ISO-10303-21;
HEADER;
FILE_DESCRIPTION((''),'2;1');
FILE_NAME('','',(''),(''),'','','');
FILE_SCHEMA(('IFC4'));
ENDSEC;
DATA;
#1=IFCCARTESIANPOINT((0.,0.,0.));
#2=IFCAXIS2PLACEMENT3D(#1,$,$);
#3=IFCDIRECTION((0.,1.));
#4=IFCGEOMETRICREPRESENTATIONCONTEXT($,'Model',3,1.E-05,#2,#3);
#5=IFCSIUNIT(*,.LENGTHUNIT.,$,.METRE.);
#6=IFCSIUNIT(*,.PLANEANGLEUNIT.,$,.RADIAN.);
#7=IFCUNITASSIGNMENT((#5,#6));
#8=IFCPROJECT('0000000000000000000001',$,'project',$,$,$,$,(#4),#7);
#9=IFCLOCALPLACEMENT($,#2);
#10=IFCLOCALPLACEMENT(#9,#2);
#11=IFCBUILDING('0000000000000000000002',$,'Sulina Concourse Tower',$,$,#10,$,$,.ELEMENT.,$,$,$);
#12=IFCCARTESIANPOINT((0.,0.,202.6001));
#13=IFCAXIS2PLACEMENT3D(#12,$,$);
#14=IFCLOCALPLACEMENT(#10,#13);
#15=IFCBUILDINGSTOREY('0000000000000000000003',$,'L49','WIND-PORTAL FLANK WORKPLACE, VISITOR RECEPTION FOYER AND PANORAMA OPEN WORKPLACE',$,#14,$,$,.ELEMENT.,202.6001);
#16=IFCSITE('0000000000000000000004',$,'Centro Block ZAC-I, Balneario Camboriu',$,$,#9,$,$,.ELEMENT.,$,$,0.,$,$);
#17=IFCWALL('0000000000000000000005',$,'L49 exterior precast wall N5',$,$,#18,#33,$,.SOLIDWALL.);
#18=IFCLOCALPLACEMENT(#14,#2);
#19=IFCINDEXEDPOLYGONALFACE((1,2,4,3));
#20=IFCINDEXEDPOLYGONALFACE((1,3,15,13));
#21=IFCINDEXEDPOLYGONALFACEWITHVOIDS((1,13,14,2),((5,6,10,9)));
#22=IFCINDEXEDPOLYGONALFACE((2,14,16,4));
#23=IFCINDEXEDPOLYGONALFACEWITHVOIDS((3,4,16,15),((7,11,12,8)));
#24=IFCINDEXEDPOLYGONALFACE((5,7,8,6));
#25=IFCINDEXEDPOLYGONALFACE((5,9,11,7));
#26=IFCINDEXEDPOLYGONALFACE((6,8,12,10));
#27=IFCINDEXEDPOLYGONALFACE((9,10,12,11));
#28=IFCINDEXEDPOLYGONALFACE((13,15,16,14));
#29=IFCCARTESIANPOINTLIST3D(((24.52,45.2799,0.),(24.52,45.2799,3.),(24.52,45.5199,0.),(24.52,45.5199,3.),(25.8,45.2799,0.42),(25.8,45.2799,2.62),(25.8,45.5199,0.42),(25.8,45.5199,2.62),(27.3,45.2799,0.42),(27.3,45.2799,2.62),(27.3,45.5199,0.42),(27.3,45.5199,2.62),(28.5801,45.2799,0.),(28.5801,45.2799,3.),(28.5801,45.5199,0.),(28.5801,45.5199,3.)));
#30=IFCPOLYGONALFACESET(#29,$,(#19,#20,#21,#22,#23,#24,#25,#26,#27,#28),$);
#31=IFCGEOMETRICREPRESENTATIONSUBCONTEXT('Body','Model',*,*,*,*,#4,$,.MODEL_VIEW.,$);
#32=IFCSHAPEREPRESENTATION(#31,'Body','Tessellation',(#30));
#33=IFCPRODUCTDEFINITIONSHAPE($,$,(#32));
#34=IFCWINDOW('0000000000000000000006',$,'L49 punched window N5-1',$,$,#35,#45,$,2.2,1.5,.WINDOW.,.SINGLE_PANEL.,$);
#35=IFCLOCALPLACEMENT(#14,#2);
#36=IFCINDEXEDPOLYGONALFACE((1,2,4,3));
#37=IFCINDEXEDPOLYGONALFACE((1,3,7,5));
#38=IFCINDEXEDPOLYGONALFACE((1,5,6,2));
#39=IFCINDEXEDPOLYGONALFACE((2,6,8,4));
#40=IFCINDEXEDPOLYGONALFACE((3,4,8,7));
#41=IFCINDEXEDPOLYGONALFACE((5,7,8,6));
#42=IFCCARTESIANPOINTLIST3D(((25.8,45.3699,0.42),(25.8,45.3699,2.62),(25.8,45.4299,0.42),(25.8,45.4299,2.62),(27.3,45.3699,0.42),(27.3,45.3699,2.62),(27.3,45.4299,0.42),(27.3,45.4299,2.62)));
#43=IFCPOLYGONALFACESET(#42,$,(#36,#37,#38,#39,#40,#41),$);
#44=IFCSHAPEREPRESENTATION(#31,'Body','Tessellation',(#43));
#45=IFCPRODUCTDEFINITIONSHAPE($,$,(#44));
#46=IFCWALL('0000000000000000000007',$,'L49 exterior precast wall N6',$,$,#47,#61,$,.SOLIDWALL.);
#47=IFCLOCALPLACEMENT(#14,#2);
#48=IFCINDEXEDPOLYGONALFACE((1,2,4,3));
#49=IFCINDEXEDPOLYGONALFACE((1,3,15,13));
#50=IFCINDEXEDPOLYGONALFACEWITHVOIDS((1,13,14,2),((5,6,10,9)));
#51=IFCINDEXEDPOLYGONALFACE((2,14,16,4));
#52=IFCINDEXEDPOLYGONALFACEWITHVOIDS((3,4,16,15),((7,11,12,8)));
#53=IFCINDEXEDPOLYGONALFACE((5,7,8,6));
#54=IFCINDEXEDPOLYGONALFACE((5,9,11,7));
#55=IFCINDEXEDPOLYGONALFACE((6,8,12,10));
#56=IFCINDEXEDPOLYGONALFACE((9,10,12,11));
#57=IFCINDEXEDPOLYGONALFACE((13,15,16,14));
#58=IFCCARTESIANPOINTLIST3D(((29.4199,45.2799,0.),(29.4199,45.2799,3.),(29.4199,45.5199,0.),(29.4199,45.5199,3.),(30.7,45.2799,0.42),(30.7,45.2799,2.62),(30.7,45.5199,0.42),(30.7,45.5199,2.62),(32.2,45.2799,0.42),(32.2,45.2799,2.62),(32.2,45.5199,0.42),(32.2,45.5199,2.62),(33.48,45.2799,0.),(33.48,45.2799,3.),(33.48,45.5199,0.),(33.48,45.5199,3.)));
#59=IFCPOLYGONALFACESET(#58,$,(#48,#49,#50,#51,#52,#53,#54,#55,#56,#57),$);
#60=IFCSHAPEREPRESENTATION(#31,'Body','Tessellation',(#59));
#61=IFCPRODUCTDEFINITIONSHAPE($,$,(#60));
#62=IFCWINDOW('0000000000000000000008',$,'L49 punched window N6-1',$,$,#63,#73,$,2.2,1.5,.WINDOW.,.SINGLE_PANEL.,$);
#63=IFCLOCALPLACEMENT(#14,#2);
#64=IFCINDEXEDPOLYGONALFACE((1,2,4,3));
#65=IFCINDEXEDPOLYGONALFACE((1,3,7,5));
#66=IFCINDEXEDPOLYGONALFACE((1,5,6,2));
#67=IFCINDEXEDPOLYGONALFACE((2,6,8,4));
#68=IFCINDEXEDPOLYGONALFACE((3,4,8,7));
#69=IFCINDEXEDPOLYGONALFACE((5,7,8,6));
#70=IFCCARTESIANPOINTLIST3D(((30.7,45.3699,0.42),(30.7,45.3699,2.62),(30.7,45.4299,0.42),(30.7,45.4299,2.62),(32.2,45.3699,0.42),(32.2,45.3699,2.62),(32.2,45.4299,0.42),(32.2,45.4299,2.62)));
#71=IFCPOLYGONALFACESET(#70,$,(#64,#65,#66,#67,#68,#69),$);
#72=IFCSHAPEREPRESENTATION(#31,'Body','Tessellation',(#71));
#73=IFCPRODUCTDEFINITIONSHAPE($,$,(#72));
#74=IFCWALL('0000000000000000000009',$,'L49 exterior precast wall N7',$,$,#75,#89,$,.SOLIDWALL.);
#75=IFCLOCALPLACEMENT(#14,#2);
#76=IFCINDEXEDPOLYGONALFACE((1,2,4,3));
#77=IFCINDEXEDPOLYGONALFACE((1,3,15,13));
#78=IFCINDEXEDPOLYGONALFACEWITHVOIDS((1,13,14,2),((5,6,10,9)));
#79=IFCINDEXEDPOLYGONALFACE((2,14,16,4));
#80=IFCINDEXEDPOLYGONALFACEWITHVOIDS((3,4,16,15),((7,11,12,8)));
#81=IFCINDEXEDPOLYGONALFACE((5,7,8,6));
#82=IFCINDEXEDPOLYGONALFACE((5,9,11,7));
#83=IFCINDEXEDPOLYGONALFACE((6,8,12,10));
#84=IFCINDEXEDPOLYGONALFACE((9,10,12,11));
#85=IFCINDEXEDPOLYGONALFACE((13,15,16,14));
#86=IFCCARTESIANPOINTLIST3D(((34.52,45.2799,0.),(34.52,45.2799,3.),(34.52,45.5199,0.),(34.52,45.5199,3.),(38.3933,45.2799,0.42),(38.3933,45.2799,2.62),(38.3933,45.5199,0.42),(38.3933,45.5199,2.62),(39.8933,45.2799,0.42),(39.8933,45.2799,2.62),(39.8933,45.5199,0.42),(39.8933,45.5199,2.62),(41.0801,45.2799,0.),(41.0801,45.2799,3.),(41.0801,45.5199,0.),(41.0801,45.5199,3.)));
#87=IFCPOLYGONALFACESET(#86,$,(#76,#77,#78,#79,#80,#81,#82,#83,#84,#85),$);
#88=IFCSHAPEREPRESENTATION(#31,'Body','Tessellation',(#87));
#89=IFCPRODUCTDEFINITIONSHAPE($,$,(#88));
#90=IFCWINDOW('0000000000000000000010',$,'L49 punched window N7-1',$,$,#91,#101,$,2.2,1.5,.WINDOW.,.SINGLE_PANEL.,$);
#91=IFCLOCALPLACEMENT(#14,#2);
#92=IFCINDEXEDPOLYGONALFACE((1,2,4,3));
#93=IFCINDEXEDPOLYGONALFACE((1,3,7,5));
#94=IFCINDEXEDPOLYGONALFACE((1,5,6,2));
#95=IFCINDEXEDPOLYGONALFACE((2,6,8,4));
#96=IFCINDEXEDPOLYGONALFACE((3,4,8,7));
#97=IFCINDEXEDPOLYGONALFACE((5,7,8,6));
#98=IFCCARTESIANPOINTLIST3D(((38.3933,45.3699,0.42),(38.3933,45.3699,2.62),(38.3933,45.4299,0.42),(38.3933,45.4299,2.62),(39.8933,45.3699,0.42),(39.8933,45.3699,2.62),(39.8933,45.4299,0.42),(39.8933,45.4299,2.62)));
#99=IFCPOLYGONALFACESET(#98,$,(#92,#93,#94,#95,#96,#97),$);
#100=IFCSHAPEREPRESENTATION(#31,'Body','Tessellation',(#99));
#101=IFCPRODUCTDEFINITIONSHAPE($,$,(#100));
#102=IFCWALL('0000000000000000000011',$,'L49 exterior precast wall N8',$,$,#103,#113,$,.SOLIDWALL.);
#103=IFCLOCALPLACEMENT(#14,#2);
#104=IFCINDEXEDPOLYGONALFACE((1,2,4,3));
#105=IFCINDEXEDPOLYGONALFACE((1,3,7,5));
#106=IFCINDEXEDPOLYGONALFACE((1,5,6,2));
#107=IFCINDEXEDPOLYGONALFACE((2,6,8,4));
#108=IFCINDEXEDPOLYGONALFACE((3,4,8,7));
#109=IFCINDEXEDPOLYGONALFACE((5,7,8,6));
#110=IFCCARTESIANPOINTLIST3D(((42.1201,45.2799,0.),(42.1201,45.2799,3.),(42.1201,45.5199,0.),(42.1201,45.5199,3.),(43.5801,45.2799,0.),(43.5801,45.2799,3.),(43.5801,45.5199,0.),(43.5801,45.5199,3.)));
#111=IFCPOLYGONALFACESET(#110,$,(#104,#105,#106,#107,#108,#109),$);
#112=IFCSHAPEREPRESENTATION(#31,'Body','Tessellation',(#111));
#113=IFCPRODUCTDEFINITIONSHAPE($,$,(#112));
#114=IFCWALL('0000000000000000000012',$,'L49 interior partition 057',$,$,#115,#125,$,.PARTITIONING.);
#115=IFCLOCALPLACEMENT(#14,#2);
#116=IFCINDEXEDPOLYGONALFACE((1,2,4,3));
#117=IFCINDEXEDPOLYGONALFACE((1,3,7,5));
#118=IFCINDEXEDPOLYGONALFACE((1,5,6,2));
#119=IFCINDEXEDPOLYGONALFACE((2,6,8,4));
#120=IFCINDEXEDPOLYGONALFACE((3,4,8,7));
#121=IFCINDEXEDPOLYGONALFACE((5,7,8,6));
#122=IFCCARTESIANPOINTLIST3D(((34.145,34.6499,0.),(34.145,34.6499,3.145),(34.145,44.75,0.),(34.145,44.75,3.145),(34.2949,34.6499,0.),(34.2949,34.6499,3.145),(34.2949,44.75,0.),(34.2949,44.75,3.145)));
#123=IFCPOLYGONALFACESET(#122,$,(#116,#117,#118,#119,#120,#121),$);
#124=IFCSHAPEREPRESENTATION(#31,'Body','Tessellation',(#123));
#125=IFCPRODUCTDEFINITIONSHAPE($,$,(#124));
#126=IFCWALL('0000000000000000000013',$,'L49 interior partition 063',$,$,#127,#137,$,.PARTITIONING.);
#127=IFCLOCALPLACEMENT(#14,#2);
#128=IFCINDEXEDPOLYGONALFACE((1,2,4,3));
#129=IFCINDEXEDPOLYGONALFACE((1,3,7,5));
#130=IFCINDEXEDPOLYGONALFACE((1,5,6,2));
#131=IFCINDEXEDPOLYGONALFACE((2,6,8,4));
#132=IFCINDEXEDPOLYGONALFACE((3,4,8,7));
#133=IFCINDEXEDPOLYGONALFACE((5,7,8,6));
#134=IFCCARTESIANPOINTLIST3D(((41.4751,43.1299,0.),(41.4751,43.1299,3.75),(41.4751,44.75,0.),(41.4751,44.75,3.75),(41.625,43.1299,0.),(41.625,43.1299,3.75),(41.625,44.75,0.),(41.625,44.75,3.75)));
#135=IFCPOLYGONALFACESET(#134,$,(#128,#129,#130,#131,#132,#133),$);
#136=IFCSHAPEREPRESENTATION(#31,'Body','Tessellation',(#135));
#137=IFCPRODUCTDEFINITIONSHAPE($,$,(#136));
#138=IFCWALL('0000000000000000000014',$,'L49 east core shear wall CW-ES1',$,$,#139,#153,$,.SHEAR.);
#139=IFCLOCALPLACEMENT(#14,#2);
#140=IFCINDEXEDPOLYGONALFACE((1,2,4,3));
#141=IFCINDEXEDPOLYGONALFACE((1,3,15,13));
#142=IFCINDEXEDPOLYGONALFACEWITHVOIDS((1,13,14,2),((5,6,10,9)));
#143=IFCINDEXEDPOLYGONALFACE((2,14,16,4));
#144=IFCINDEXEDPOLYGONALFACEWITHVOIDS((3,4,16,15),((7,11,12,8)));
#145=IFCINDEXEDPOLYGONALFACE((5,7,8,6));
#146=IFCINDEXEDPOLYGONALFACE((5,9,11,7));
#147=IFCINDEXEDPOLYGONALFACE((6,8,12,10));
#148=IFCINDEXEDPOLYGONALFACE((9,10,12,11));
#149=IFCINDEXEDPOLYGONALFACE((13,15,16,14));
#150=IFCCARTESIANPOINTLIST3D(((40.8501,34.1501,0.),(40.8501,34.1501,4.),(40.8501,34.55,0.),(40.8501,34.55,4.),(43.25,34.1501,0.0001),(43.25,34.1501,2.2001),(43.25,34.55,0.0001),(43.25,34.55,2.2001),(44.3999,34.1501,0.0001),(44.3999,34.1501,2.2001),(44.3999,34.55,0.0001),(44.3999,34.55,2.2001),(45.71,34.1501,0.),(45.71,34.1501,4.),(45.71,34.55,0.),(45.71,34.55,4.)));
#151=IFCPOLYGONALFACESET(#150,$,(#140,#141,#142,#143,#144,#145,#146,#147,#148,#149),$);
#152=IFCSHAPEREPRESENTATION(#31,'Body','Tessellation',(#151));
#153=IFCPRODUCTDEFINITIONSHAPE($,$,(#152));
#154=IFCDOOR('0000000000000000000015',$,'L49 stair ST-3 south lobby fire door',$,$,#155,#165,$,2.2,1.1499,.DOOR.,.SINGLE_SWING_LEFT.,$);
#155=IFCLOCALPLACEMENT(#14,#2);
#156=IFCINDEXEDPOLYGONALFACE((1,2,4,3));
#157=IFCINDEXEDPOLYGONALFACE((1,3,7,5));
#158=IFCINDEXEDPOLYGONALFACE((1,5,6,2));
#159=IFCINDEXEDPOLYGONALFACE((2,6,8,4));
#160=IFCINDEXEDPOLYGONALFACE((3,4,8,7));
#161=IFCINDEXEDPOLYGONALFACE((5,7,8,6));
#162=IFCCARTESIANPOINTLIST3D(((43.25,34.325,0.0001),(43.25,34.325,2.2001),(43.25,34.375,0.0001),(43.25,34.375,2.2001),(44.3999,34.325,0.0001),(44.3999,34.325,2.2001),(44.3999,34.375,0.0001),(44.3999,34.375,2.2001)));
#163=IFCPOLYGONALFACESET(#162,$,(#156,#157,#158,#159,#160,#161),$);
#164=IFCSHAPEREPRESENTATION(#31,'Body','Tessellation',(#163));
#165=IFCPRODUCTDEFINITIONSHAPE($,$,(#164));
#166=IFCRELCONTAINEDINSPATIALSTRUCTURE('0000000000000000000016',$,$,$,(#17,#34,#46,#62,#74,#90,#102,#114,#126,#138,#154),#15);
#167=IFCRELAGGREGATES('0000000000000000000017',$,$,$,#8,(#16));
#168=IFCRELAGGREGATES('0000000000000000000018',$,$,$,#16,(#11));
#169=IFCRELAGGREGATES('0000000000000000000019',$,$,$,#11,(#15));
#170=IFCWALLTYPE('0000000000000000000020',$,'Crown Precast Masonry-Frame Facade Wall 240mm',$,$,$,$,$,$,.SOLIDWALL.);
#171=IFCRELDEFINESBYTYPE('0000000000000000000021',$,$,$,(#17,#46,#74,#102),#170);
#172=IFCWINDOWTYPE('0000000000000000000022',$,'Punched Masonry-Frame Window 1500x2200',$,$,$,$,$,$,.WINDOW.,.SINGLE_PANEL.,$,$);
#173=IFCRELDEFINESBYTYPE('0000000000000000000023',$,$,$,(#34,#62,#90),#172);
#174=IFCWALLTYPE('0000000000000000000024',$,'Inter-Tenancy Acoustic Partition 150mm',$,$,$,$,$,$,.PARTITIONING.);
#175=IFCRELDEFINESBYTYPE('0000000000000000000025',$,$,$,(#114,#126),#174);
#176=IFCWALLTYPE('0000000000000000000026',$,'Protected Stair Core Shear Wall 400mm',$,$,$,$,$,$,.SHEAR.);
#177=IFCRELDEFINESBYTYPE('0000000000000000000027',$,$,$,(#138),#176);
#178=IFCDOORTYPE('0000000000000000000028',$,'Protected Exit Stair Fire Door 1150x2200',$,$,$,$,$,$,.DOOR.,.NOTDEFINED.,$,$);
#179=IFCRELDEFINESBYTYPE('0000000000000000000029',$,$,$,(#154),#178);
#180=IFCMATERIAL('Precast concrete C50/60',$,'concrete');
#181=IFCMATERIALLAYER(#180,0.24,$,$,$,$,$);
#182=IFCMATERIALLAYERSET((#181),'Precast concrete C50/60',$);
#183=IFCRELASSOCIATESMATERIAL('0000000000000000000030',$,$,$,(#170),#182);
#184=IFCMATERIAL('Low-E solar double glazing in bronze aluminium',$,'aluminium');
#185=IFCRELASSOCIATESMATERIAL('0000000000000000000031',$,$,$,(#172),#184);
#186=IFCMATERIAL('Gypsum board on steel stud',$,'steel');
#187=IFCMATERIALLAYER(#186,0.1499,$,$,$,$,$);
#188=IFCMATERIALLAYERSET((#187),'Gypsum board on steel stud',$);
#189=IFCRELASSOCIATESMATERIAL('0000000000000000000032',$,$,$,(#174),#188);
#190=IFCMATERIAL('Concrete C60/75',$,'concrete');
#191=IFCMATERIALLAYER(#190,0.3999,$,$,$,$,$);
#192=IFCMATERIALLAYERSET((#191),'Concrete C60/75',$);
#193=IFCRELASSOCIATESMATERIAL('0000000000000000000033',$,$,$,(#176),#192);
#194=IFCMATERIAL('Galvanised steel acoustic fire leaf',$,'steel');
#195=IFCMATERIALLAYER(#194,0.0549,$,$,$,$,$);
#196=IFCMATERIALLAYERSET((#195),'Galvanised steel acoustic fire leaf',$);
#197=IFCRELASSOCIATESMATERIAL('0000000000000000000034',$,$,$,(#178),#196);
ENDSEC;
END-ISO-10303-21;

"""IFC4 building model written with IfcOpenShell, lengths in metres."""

from ifc_helpers import new_model, si_unit, direction, frame, frame_2d, origin, place, context, subcontext, project, spatial, rectangle, extrude, material, layer, layer_set, type_object, element, fill, save


model = new_model("IFC4")

# Units and contexts
model_context = context("Model", 3, precision=1e-05, world=origin(), true_north=direction((0.0, 1.0)))
body_context = subcontext(model_context, "Body", "Model", "MODEL_VIEW")
ifc_project = project(units=[si_unit("LENGTHUNIT", "METRE"), si_unit("PLANEANGLEUNIT", "RADIAN")], contexts=[model_context])

# Site, building, storey
site_placement = place(None, origin())
site = spatial("IfcSite", under=ifc_project, at=site_placement, Name="Centro Block ZAC-I, Balneario Camboriu", CompositionType="ELEMENT", RefElevation=0.0)
building_placement = place(site_placement, origin())
building = spatial("IfcBuilding", under=site, at=building_placement, Name="Sulina Concourse Tower", CompositionType="ELEMENT")
storey_placement = place(building_placement, frame((0.0, 0.0, 202.6001)))
storey = spatial("IfcBuildingStorey", under=building, at=storey_placement, Name="L49", Description="WIND-PORTAL FLANK WORKPLACE, VISITOR RECEPTION FOYER AND PANORAMA OPEN WORKPLACE", CompositionType="ELEMENT", Elevation=202.6001)

# Walls, openings, windows
ifc_material_1 = material(Name="Precast concrete C50/60", Category="concrete")
ifc_layer_1 = layer(ifc_material_1, 0.24)
ifc_layer_set_1 = layer_set([ifc_layer_1], Name="Precast concrete C50/60")
wall_type_1 = type_object("IfcWallType", Name="Crown Precast Masonry-Frame Facade Wall 240mm", PredefinedType="SOLIDWALL", material=ifc_layer_set_1)
wall_1_placement = place(storey_placement, frame((24.52, 45.3999, 0.0), z_axis=(0.0, 0.0, 1.0), x_axis=(1.0, 0.0, 0.0)))
wall_1 = element("IfcWall", 1, at=wall_1_placement, inside=storey, type_object=wall_type_1, Name="L49 exterior precast wall N5", PredefinedType="SOLIDWALL", context=body_context, shape_type="SweptSolid", body=[
    extrude(rectangle(XDim=4.0601, YDim=0.24, at=frame_2d((2.03, 0.0))), origin(), (0.0, 0.0, 1.0), 3.0),
])
opening_1_placement = place(wall_1_placement, frame((1.28, 0.0, 0.4199)))
opening_1 = element("IfcOpeningElement", 2, at=opening_1_placement, cuts=wall_1, PredefinedType="OPENING", context=body_context, shape_type="SweptSolid", body=[
    extrude(rectangle(XDim=1.5, YDim=2.2, at=frame_2d((0.75, 1.1001))), frame((0.0, 0.1299, 0.0), z_axis=(0.0, -1.0, 0.0), x_axis=(1.0, 0.0, 0.0)), (0.0, 0.0, 1.0), 0.26),
])
ifc_material_2 = material(Name="Low-E solar double glazing in bronze aluminium", Category="aluminium")
window_type = type_object("IfcWindowType", Name="Punched Masonry-Frame Window 1500x2200", PartitioningType="SINGLE_PANEL", PredefinedType="WINDOW", material=ifc_material_2)
window_1_placement = place(opening_1_placement, origin())
window_1 = element("IfcWindow", 3, at=window_1_placement, inside=storey, type_object=window_type, Name="L49 punched window N5-1", OverallHeight=2.2, OverallWidth=1.5, PartitioningType="SINGLE_PANEL", PredefinedType="WINDOW", context=body_context, shape_type="SweptSolid", body=[
    extrude(rectangle(XDim=1.5, YDim=2.2, at=frame_2d((0.75, 1.1001))), frame((0.0, 0.03, 0.0), z_axis=(0.0, -1.0, 0.0), x_axis=(1.0, 0.0, 0.0)), (0.0, 0.0, 1.0), 0.0601),
])
fill(opening_1, window_1)
wall_2_placement = place(storey_placement, frame((29.4199, 45.3999, 0.0), z_axis=(0.0, 0.0, 1.0), x_axis=(1.0, 0.0, 0.0)))
wall_2 = element("IfcWall", 4, at=wall_2_placement, inside=storey, type_object=wall_type_1, Name="L49 exterior precast wall N6", PredefinedType="SOLIDWALL", context=body_context, shape_type="SweptSolid", body=[
    extrude(rectangle(XDim=4.0601, YDim=0.24, at=frame_2d((2.03, 0.0))), origin(), (0.0, 0.0, 1.0), 3.0),
])
opening_2_placement = place(wall_2_placement, frame((1.28, 0.0, 0.4199)))
opening_2 = element("IfcOpeningElement", 5, at=opening_2_placement, cuts=wall_2, PredefinedType="OPENING", context=body_context, shape_type="SweptSolid", body=[
    extrude(rectangle(XDim=1.5, YDim=2.2, at=frame_2d((0.75, 1.1001))), frame((0.0, 0.1299, 0.0), z_axis=(0.0, -1.0, 0.0), x_axis=(1.0, 0.0, 0.0)), (0.0, 0.0, 1.0), 0.26),
])
window_2_placement = place(opening_2_placement, origin())
window_2 = element("IfcWindow", 6, at=window_2_placement, inside=storey, type_object=window_type, Name="L49 punched window N6-1", OverallHeight=2.2, OverallWidth=1.5, PartitioningType="SINGLE_PANEL", PredefinedType="WINDOW", context=body_context, shape_type="SweptSolid", body=[
    extrude(rectangle(XDim=1.5, YDim=2.2, at=frame_2d((0.75, 1.1001))), frame((0.0, 0.03, 0.0), z_axis=(0.0, -1.0, 0.0), x_axis=(1.0, 0.0, 0.0)), (0.0, 0.0, 1.0), 0.0601),
])
fill(opening_2, window_2)
wall_3_placement = place(storey_placement, frame((34.52, 45.3999, 0.0), z_axis=(0.0, 0.0, 1.0), x_axis=(1.0, 0.0, 0.0)))
wall_3 = element("IfcWall", 7, at=wall_3_placement, inside=storey, type_object=wall_type_1, Name="L49 exterior precast wall N7", PredefinedType="SOLIDWALL", context=body_context, shape_type="SweptSolid", body=[
    extrude(rectangle(XDim=6.5601, YDim=0.24, at=frame_2d((3.28, 0.0))), origin(), (0.0, 0.0, 1.0), 3.0),
])
opening_3_placement = place(wall_3_placement, frame((3.8733, 0.0, 0.4199)))
opening_3 = element("IfcOpeningElement", 8, at=opening_3_placement, cuts=wall_3, PredefinedType="OPENING", context=body_context, shape_type="SweptSolid", body=[
    extrude(rectangle(XDim=1.5, YDim=2.2, at=frame_2d((0.75, 1.1001))), frame((0.0, 0.1299, 0.0), z_axis=(0.0, -1.0, 0.0), x_axis=(1.0, 0.0, 0.0)), (0.0, 0.0, 1.0), 0.26),
])
window_3_placement = place(opening_3_placement, origin())
window_3 = element("IfcWindow", 9, at=window_3_placement, inside=storey, type_object=window_type, Name="L49 punched window N7-1", OverallHeight=2.2, OverallWidth=1.5, PartitioningType="SINGLE_PANEL", PredefinedType="WINDOW", context=body_context, shape_type="SweptSolid", body=[
    extrude(rectangle(XDim=1.5, YDim=2.2, at=frame_2d((0.75, 1.1001))), frame((0.0, 0.03, 0.0), z_axis=(0.0, -1.0, 0.0), x_axis=(1.0, 0.0, 0.0)), (0.0, 0.0, 1.0), 0.0601),
])
fill(opening_3, window_3)

# Walls
wall_4_placement = place(storey_placement, frame((42.1201, 45.3999, 0.0), z_axis=(0.0, 0.0, 1.0), x_axis=(1.0, 0.0, 0.0)))
element("IfcWall", 10, at=wall_4_placement, inside=storey, type_object=wall_type_1, Name="L49 exterior precast wall N8", PredefinedType="SOLIDWALL", context=body_context, shape_type="SweptSolid", body=[
    extrude(rectangle(XDim=1.46, YDim=0.24, at=frame_2d((0.73, 0.0))), origin(), (0.0, 0.0, 1.0), 3.0),
])
ifc_material_3 = material(Name="Gypsum board on steel stud", Category="steel")
ifc_layer_2 = layer(ifc_material_3, 0.1499)
ifc_layer_set_2 = layer_set([ifc_layer_2], Name="Gypsum board on steel stud")
wall_type_2 = type_object("IfcWallType", Name="Inter-Tenancy Acoustic Partition 150mm", PredefinedType="PARTITIONING", material=ifc_layer_set_2)
wall_5_placement = place(storey_placement, frame((34.22, 34.6499, 0.0), z_axis=(0.0, 0.0, 1.0), x_axis=(0.0, 1.0, 0.0)))
element("IfcWall", 11, at=wall_5_placement, inside=storey, type_object=wall_type_2, Name="L49 interior partition 057", PredefinedType="PARTITIONING", context=body_context, shape_type="SweptSolid", body=[
    extrude(rectangle(XDim=10.1001, YDim=0.1499, at=frame_2d((5.05, 0.0))), origin(), (0.0, 0.0, 1.0), 3.145),
])
wall_6_placement = place(storey_placement, frame((41.55, 43.1299, 0.0), z_axis=(0.0, 0.0, 1.0), x_axis=(0.0, 1.0, 0.0)))
element("IfcWall", 12, at=wall_6_placement, inside=storey, type_object=wall_type_2, Name="L49 interior partition 063", PredefinedType="PARTITIONING", context=body_context, shape_type="SweptSolid", body=[
    extrude(rectangle(XDim=1.6201, YDim=0.1499, at=frame_2d((0.8101, 0.0))), origin(), (0.0, 0.0, 1.0), 3.75),
])

# Wall, opening, door
ifc_material_4 = material(Name="Concrete C60/75", Category="concrete")
ifc_layer_3 = layer(ifc_material_4, 0.3999)
ifc_layer_set_3 = layer_set([ifc_layer_3], Name="Concrete C60/75")
wall_type_3 = type_object("IfcWallType", Name="Protected Stair Core Shear Wall 400mm", PredefinedType="SHEAR", material=ifc_layer_set_3)
wall_7_placement = place(storey_placement, frame((40.8501, 34.3501, 0.0), z_axis=(0.0, 0.0, 1.0), x_axis=(1.0, 0.0, 0.0)))
wall_7 = element("IfcWall", 13, at=wall_7_placement, inside=storey, type_object=wall_type_3, Name="L49 east core shear wall CW-ES1", PredefinedType="SHEAR", context=body_context, shape_type="SweptSolid", body=[
    extrude(rectangle(XDim=4.8599, YDim=0.3999, at=frame_2d((2.4299, 0.0))), origin(), (0.0, 0.0, 1.0), 4.0),
])
opening_4_placement = place(wall_7_placement, frame((2.3999, 0.0, 0.0)))
opening_4 = element("IfcOpeningElement", 14, at=opening_4_placement, cuts=wall_7, PredefinedType="OPENING", context=body_context, shape_type="SweptSolid", body=[
    extrude(rectangle(XDim=1.1499, YDim=2.2, at=frame_2d((0.575, 1.1001))), frame((0.0, 0.21, 0.0), z_axis=(0.0, -1.0, 0.0), x_axis=(1.0, 0.0, 0.0)), (0.0, 0.0, 1.0), 0.4199),
])
ifc_material_5 = material(Name="Galvanised steel acoustic fire leaf", Category="steel")
ifc_layer_4 = layer(ifc_material_5, 0.0549)
ifc_layer_set_4 = layer_set([ifc_layer_4], Name="Galvanised steel acoustic fire leaf")
door_type = type_object("IfcDoorType", Name="Protected Exit Stair Fire Door 1150x2200", OperationType="NOTDEFINED", PredefinedType="DOOR", material=ifc_layer_set_4)
door_placement = place(opening_4_placement, origin())
door = element("IfcDoor", 15, at=door_placement, inside=storey, type_object=door_type, Name="L49 stair ST-3 south lobby fire door", OperationType="SINGLE_SWING_LEFT", OverallHeight=2.2, OverallWidth=1.1499, PredefinedType="DOOR", context=body_context, shape_type="SweptSolid", body=[
    extrude(rectangle(XDim=1.1499, YDim=2.2, at=frame_2d((0.575, 1.1001))), frame((0.0, 0.0249, 0.0), z_axis=(0.0, -1.0, 0.0), x_axis=(1.0, 0.0, 0.0)), (0.0, 0.0, 1.0), 0.05),
])
fill(opening_4, door)

save(model, "model.ifc")
